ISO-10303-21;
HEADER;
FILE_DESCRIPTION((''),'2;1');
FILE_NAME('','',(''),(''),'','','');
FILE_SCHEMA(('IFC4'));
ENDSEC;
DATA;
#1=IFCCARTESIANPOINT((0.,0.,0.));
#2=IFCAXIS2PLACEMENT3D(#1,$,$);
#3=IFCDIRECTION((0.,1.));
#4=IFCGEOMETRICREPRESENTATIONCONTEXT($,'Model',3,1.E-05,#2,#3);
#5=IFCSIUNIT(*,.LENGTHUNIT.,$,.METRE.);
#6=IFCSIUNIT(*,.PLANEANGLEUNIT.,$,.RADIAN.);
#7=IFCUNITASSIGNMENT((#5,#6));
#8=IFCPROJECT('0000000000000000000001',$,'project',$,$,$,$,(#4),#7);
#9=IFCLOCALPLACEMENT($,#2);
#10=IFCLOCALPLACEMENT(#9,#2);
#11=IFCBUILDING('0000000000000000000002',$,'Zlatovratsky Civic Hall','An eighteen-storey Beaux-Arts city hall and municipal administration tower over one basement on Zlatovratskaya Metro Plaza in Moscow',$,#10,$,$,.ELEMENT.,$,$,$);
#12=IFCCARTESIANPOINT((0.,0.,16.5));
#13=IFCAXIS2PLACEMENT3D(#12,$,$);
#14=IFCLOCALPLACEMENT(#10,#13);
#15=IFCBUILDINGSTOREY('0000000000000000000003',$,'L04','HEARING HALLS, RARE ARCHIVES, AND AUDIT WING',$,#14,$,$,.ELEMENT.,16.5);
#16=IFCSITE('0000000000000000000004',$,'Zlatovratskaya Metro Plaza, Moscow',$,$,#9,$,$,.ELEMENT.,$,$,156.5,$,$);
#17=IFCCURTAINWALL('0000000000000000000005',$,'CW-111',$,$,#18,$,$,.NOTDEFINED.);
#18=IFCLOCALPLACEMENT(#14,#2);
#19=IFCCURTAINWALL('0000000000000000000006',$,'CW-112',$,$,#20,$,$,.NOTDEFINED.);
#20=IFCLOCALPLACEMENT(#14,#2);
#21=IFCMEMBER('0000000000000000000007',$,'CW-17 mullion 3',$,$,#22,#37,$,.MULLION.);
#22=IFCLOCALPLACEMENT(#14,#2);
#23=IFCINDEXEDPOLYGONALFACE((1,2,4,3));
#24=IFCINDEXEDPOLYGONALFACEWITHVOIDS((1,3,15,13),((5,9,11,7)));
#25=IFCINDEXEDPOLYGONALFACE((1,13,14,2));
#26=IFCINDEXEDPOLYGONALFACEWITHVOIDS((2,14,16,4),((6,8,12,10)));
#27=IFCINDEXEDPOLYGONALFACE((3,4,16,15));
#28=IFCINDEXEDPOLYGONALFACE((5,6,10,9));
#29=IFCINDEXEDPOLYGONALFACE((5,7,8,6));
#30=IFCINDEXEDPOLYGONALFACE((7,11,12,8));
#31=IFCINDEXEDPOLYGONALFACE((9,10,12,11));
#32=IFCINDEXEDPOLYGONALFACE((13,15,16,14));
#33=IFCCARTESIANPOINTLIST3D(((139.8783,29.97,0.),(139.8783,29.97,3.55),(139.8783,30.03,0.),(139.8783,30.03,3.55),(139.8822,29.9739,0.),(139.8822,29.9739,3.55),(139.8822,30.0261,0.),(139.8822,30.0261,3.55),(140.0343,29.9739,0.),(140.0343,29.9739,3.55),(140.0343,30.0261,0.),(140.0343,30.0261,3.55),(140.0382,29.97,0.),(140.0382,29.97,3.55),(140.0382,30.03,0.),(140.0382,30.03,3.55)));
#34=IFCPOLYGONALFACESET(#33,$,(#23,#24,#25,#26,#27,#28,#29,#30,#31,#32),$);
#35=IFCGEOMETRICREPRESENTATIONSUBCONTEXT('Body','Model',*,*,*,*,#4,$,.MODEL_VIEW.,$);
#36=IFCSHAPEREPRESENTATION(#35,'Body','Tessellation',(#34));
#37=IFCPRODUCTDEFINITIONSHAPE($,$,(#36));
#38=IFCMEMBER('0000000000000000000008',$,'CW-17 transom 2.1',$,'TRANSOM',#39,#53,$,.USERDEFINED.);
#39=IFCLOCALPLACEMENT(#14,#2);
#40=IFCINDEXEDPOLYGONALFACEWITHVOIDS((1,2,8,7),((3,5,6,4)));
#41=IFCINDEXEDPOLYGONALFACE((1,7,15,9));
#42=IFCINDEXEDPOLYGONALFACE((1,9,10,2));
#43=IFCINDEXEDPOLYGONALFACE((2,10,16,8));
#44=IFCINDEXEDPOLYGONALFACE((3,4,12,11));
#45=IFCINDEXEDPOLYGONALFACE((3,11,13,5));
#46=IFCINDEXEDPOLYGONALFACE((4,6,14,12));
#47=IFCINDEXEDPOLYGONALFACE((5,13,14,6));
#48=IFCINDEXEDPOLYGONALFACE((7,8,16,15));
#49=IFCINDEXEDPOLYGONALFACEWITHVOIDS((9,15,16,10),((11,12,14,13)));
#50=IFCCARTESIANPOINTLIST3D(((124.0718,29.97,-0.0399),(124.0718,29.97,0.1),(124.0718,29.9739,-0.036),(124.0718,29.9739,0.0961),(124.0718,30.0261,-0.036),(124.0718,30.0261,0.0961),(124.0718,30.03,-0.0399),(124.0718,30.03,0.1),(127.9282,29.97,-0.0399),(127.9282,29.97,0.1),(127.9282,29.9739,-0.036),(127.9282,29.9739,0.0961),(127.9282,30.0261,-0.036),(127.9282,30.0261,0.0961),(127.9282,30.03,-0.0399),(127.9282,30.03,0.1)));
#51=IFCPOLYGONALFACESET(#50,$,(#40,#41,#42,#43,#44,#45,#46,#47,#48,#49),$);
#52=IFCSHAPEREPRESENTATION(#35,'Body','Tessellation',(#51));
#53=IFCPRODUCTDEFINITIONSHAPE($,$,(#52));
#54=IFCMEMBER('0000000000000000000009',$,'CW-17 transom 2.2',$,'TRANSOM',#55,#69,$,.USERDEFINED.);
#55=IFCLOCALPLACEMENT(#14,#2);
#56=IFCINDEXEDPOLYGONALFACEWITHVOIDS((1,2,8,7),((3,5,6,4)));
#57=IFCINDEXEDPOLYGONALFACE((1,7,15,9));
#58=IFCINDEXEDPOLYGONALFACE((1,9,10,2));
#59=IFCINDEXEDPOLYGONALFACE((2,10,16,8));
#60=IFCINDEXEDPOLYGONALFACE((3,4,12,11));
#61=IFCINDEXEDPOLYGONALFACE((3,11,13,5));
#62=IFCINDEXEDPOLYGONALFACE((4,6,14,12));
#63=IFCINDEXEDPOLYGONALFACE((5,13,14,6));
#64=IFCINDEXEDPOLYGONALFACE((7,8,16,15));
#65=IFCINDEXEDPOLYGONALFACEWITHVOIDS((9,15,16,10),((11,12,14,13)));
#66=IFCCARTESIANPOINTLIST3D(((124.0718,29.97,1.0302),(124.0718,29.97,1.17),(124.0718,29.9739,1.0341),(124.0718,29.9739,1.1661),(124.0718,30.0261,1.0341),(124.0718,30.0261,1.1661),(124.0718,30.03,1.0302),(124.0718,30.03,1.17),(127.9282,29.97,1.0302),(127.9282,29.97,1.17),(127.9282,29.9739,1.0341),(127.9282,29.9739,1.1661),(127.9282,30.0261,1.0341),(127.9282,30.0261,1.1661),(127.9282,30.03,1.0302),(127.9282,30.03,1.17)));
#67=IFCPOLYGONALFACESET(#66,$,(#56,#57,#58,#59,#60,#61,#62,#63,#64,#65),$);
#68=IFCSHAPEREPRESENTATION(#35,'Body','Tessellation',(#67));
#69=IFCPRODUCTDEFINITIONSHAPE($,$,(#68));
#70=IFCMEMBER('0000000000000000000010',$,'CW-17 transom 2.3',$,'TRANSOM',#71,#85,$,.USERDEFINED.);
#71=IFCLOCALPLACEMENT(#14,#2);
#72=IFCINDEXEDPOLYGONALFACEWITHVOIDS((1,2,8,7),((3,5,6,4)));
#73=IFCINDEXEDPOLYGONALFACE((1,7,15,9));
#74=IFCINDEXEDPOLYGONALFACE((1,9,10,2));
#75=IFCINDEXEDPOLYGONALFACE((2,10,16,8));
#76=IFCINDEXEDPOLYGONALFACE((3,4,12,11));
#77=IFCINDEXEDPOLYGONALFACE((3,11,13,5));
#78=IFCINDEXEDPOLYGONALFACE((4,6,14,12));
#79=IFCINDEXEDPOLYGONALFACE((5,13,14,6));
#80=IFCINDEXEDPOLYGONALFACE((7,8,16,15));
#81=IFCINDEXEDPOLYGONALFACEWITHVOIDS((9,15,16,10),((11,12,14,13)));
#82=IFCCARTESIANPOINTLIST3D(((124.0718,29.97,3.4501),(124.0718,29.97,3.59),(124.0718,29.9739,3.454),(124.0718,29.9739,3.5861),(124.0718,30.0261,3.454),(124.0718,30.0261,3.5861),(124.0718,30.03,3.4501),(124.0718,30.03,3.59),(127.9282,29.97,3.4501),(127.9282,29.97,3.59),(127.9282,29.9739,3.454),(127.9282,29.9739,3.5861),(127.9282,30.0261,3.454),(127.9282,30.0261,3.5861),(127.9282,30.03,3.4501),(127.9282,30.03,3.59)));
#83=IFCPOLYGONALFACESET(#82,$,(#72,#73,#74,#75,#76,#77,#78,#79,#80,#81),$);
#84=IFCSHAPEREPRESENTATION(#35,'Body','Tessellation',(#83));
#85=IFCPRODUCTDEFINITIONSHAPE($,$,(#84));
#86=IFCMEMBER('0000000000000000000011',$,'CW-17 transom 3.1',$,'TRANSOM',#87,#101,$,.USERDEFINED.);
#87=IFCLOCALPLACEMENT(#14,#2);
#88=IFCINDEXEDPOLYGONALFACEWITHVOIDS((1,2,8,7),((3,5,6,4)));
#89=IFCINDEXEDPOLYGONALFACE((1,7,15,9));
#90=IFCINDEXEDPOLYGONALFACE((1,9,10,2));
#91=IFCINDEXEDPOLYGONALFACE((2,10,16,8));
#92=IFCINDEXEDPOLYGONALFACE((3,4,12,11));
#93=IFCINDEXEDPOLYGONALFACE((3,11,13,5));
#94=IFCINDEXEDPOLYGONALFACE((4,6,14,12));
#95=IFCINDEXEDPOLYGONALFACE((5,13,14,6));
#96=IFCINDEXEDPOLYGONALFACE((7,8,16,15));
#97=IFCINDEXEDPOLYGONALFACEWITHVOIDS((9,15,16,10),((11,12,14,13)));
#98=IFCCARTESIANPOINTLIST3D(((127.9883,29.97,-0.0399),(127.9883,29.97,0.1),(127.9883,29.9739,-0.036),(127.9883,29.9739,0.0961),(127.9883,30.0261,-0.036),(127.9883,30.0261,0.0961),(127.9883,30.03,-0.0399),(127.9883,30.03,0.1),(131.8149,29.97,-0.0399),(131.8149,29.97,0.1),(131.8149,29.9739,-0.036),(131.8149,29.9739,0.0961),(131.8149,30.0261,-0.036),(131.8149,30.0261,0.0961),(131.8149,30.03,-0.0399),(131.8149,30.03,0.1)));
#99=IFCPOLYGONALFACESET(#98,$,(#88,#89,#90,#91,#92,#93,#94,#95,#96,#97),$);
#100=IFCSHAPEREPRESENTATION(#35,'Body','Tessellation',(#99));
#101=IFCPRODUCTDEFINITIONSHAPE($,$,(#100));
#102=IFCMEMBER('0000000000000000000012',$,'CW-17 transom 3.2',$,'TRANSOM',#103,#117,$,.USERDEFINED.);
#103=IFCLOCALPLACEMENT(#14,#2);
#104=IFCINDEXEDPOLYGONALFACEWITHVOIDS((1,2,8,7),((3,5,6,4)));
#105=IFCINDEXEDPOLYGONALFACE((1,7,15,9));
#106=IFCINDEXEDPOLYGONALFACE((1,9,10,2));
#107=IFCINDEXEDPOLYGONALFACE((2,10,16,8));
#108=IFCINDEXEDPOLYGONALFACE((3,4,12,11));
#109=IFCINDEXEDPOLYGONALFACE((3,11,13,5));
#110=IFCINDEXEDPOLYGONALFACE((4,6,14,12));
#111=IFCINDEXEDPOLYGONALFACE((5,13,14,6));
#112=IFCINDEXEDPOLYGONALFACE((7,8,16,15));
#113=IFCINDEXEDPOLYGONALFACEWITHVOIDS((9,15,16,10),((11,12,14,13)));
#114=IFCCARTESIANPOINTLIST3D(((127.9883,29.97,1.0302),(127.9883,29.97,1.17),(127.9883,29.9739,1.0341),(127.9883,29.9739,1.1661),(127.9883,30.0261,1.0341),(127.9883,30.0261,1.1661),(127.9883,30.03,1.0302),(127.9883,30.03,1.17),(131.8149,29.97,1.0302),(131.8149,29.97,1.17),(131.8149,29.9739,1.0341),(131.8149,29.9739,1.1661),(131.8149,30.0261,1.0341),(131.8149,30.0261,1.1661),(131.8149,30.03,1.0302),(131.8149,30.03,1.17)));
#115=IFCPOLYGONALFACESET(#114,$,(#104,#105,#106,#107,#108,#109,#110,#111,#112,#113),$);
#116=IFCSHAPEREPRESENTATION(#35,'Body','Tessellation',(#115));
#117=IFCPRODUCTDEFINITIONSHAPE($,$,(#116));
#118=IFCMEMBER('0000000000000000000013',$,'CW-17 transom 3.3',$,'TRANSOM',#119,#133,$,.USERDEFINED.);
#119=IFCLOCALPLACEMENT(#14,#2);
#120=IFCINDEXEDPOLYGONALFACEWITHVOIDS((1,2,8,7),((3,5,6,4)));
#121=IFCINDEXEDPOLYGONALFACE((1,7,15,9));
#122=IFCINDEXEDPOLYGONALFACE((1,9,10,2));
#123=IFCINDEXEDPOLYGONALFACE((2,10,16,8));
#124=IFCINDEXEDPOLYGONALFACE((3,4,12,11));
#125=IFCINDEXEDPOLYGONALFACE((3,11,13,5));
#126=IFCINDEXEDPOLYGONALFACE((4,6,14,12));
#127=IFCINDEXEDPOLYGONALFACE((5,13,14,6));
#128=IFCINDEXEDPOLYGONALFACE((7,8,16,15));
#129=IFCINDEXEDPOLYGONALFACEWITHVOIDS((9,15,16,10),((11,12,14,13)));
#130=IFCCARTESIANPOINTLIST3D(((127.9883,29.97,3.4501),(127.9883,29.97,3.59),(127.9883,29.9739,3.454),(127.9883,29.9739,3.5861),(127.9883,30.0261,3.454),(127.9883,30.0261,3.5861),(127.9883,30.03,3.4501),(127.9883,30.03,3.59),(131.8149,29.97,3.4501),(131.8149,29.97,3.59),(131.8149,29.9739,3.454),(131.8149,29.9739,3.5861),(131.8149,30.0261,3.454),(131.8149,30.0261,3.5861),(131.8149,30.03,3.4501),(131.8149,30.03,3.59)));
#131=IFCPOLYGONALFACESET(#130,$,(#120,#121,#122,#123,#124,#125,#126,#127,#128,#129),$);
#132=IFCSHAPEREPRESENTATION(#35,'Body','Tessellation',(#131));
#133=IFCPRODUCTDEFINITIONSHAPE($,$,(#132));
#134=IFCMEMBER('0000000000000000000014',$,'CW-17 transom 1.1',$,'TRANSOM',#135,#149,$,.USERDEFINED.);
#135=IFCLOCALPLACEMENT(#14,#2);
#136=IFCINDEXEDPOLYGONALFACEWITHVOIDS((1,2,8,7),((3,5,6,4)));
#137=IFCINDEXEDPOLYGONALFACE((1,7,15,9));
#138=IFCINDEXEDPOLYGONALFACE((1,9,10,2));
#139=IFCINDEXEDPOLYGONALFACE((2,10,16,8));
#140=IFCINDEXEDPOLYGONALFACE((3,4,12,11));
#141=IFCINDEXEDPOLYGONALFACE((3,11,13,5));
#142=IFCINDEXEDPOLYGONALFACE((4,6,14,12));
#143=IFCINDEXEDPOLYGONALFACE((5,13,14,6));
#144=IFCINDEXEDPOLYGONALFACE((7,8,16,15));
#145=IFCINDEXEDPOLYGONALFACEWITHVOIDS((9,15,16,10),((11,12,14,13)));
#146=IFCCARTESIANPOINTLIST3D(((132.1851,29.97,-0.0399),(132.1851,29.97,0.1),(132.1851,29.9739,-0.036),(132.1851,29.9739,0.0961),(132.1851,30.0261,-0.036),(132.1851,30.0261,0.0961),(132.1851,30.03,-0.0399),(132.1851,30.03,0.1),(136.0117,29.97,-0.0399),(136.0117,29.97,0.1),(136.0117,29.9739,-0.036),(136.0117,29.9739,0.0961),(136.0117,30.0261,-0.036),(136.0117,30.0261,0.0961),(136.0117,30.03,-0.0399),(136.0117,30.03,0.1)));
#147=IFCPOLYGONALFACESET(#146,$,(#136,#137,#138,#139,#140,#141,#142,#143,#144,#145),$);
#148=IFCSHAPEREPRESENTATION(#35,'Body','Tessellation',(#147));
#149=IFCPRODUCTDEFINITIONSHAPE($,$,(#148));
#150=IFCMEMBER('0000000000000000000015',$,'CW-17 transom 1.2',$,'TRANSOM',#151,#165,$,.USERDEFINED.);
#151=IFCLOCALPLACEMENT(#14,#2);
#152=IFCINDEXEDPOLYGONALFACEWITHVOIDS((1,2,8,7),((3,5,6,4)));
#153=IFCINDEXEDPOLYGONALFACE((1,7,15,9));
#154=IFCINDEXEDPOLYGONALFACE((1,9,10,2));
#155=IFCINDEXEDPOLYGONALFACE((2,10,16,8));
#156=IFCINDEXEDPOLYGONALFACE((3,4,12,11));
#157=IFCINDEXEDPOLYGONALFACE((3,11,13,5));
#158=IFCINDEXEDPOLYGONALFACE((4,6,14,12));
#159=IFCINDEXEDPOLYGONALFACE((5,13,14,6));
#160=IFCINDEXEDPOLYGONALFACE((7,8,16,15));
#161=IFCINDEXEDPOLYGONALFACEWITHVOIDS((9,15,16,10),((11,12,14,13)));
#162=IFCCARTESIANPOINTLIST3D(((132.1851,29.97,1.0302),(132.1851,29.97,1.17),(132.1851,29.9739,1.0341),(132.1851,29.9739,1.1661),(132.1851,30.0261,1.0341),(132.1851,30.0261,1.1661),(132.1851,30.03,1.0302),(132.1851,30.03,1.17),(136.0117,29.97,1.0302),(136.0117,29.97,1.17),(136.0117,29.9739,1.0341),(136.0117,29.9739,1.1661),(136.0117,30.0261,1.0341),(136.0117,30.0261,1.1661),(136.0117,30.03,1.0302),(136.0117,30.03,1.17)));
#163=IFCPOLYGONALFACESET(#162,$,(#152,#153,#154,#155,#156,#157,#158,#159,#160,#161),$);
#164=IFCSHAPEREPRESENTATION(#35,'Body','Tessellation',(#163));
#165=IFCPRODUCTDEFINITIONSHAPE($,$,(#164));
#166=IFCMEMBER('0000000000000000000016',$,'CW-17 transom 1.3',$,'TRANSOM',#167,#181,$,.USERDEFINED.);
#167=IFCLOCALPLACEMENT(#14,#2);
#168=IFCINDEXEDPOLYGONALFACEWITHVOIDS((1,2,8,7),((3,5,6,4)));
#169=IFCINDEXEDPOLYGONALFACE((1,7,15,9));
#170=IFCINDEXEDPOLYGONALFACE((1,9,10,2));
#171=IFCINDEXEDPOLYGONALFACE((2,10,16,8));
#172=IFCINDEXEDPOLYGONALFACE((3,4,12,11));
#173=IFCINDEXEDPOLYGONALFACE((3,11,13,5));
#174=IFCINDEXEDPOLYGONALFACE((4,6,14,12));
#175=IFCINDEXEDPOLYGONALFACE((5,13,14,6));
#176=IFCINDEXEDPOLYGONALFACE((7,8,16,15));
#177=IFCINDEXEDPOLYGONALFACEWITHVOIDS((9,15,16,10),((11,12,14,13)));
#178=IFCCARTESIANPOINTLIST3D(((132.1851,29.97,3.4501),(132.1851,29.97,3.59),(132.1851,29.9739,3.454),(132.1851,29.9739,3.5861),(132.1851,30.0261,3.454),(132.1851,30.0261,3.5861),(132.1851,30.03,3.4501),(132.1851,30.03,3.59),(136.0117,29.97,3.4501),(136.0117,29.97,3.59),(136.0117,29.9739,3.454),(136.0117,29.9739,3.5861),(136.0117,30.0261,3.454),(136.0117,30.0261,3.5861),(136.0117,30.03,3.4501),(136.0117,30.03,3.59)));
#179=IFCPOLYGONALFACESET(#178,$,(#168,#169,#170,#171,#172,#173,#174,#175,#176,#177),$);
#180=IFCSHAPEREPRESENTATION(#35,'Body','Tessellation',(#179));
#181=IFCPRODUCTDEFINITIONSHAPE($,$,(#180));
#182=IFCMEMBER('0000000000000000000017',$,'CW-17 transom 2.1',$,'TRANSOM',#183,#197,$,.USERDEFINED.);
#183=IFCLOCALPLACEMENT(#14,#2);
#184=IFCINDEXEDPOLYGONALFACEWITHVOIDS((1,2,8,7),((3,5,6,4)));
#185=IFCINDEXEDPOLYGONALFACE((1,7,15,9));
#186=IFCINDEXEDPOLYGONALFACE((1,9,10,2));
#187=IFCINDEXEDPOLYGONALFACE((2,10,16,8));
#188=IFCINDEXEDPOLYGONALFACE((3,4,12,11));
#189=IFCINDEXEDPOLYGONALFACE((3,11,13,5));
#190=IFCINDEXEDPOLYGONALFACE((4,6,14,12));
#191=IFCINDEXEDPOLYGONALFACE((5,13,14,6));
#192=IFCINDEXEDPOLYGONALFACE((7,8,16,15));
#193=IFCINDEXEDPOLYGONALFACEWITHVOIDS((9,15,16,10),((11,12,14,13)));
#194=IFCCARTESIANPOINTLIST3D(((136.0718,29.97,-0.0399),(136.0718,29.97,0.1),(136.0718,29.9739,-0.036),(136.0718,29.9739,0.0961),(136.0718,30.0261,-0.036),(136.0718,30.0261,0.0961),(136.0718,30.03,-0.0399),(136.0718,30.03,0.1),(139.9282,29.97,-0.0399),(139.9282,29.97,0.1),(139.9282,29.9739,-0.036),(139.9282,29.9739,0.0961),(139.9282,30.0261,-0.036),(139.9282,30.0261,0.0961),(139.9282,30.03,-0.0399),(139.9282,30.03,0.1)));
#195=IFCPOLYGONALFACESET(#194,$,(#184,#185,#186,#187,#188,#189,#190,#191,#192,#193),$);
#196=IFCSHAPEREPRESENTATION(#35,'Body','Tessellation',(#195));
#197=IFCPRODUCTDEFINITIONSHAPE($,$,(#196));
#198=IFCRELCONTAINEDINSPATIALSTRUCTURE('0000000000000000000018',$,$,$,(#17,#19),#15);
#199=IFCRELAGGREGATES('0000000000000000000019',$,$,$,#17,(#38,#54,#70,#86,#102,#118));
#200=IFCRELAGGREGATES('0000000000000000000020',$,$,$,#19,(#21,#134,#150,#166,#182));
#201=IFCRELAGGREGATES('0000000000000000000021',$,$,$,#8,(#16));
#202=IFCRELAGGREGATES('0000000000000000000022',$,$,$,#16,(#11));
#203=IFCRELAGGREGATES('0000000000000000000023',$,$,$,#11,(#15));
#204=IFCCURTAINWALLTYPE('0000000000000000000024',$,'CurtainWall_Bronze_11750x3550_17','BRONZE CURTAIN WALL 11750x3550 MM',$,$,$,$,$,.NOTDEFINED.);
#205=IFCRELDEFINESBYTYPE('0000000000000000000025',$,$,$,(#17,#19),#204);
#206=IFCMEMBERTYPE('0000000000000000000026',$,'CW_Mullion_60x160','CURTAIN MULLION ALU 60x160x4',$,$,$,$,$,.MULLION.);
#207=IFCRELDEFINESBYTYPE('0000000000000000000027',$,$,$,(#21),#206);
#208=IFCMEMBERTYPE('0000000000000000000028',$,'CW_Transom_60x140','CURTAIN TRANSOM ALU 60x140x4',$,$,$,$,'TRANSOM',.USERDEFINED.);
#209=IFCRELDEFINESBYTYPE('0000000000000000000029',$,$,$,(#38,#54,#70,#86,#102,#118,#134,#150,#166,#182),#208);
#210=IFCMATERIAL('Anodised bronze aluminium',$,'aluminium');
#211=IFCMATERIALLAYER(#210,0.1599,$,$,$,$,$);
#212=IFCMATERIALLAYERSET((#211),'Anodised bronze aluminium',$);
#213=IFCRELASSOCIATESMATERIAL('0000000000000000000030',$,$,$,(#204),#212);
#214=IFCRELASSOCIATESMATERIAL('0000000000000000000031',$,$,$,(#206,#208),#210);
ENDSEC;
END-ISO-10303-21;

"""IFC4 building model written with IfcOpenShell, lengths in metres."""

from ifc_helpers import new_model, si_unit, direction, frame, origin, origin_2d, place, context, subcontext, project, spatial, hollow_rectangle, extrude, material, layer, layer_set, material_profile, profile_set, type_object, element, aggregate, save


model = new_model("IFC4")

# Units and contexts
model_context = context("Model", 3, precision=1e-05, world=origin(), true_north=direction((0.0, 1.0)))
body_context = subcontext(model_context, "Body", "Model", "MODEL_VIEW")
ifc_project = project(units=[si_unit("LENGTHUNIT", "METRE"), si_unit("PLANEANGLEUNIT", "RADIAN")], contexts=[model_context])

# Site, building, storey
site_placement = place(None, origin())
site = spatial("IfcSite", under=ifc_project, at=site_placement, Name="Zlatovratskaya Metro Plaza, Moscow", CompositionType="ELEMENT", RefElevation=156.5)
building_placement = place(site_placement, origin())
building = spatial("IfcBuilding", under=site, at=building_placement, Name="Zlatovratsky Civic Hall", Description="An eighteen-storey Beaux-Arts city hall and municipal administration tower over one basement on Zlatovratskaya Metro Plaza in Moscow", CompositionType="ELEMENT")
storey_placement = place(building_placement, frame((0.0, 0.0, 16.5)))
storey = spatial("IfcBuildingStorey", under=building, at=storey_placement, Name="L04", Description="HEARING HALLS, RARE ARCHIVES, AND AUDIT WING", CompositionType="ELEMENT", Elevation=16.5)

# Curtain walls, member
ifc_material_1 = material(Name="Anodised bronze aluminium", Category="aluminium")
ifc_layer_1 = layer(ifc_material_1, 0.1599)
ifc_layer_set_1 = layer_set([ifc_layer_1], Name="Anodised bronze aluminium")
curtain_wall_type = type_object("IfcCurtainWallType", Name="CurtainWall_Bronze_11750x3550_17", Description="BRONZE CURTAIN WALL 11750x3550 MM", PredefinedType="NOTDEFINED", material=ifc_layer_set_1)
curtain_wall_1_placement = place(storey_placement, origin())
curtain_wall_1 = element("IfcCurtainWall", 1, at=curtain_wall_1_placement, inside=storey, type_object=curtain_wall_type, Name="CW-111", PredefinedType="NOTDEFINED")
ifc_material_profile_1 = material_profile(ifc_material_1, hollow_rectangle(XDim=0.0601, YDim=0.1599, WallThickness=0.0039, at=origin_2d()), Name="ALU 60x160x4")
ifc_profile_set_1 = profile_set([ifc_material_profile_1], Name="Anodised bronze aluminium")
member_type_1 = type_object("IfcMemberType", Name="CW_Mullion_60x160", Description="CURTAIN MULLION ALU 60x160x4", PredefinedType="MULLION", material=ifc_profile_set_1)
curtain_wall_2_placement = place(storey_placement, origin())
curtain_wall_2 = element("IfcCurtainWall", 2, at=curtain_wall_2_placement, inside=storey, type_object=curtain_wall_type, Name="CW-112", PredefinedType="NOTDEFINED")
member_1_placement = place(storey_placement, frame((139.9583, 30.0, 0.0), z_axis=(0.0, 0.0, 1.0), x_axis=(0.0, 1.0, 0.0)))
member_1 = element("IfcMember", 3, at=member_1_placement, type_object=member_type_1, Name="CW-17 mullion 3", PredefinedType="MULLION", context=body_context, shape_type="SweptSolid", body=[
    extrude(hollow_rectangle(XDim=0.0601, YDim=0.1599, WallThickness=0.0039, at=origin_2d()), origin(), (0.0, 0.0, 1.0), 3.55),
])

# Members
ifc_material_profile_2 = material_profile(ifc_material_1, hollow_rectangle(XDim=0.0601, YDim=0.1399, WallThickness=0.0039, at=origin_2d()), Name="ALU 60x140x4")
ifc_profile_set_2 = profile_set([ifc_material_profile_2], Name="Anodised bronze aluminium")
member_type_2 = type_object("IfcMemberType", Name="CW_Transom_60x140", Description="CURTAIN TRANSOM ALU 60x140x4", ElementType="TRANSOM", PredefinedType="USERDEFINED", material=ifc_profile_set_2)
member_2_placement = place(storey_placement, frame((124.0718, 30.0, 0.03), z_axis=(1.0, 0.0, 0.0), x_axis=(0.0, 1.0, 0.0)))
member_2 = element("IfcMember", 4, at=member_2_placement, type_object=member_type_2, Name="CW-17 transom 2.1", ObjectType="TRANSOM", PredefinedType="USERDEFINED", context=body_context, shape_type="SweptSolid", body=[
    extrude(hollow_rectangle(XDim=0.0601, YDim=0.1399, WallThickness=0.0039, at=origin_2d()), origin(), (0.0, 0.0, 1.0), 3.8564),
])
member_3_placement = place(storey_placement, frame((124.0718, 30.0, 1.1001), z_axis=(1.0, 0.0, 0.0), x_axis=(0.0, 1.0, 0.0)))
member_3 = element("IfcMember", 5, at=member_3_placement, type_object=member_type_2, Name="CW-17 transom 2.2", ObjectType="TRANSOM", PredefinedType="USERDEFINED", context=body_context, shape_type="SweptSolid", body=[
    extrude(hollow_rectangle(XDim=0.0601, YDim=0.1399, WallThickness=0.0039, at=origin_2d()), origin(), (0.0, 0.0, 1.0), 3.8564),
])
member_4_placement = place(storey_placement, frame((124.0718, 30.0, 3.52), z_axis=(1.0, 0.0, 0.0), x_axis=(0.0, 1.0, 0.0)))
member_4 = element("IfcMember", 6, at=member_4_placement, type_object=member_type_2, Name="CW-17 transom 2.3", ObjectType="TRANSOM", PredefinedType="USERDEFINED", context=body_context, shape_type="SweptSolid", body=[
    extrude(hollow_rectangle(XDim=0.0601, YDim=0.1399, WallThickness=0.0039, at=origin_2d()), origin(), (0.0, 0.0, 1.0), 3.8564),
])
member_5_placement = place(storey_placement, frame((127.9883, 30.0, 0.03), z_axis=(1.0, 0.0, 0.0), x_axis=(0.0, 1.0, 0.0)))
member_5 = element("IfcMember", 7, at=member_5_placement, type_object=member_type_2, Name="CW-17 transom 3.1", ObjectType="TRANSOM", PredefinedType="USERDEFINED", context=body_context, shape_type="SweptSolid", body=[
    extrude(hollow_rectangle(XDim=0.0601, YDim=0.1399, WallThickness=0.0039, at=origin_2d()), origin(), (0.0, 0.0, 1.0), 3.8267),
])
member_6_placement = place(storey_placement, frame((127.9883, 30.0, 1.1001), z_axis=(1.0, 0.0, 0.0), x_axis=(0.0, 1.0, 0.0)))
member_6 = element("IfcMember", 8, at=member_6_placement, type_object=member_type_2, Name="CW-17 transom 3.2", ObjectType="TRANSOM", PredefinedType="USERDEFINED", context=body_context, shape_type="SweptSolid", body=[
    extrude(hollow_rectangle(XDim=0.0601, YDim=0.1399, WallThickness=0.0039, at=origin_2d()), origin(), (0.0, 0.0, 1.0), 3.8267),
])
member_7_placement = place(storey_placement, frame((127.9883, 30.0, 3.52), z_axis=(1.0, 0.0, 0.0), x_axis=(0.0, 1.0, 0.0)))
member_7 = element("IfcMember", 9, at=member_7_placement, type_object=member_type_2, Name="CW-17 transom 3.3", ObjectType="TRANSOM", PredefinedType="USERDEFINED", context=body_context, shape_type="SweptSolid", body=[
    extrude(hollow_rectangle(XDim=0.0601, YDim=0.1399, WallThickness=0.0039, at=origin_2d()), origin(), (0.0, 0.0, 1.0), 3.8267),
])
member_8_placement = place(storey_placement, frame((132.1851, 30.0, 0.03), z_axis=(1.0, 0.0, 0.0), x_axis=(0.0, 1.0, 0.0)))
member_8 = element("IfcMember", 10, at=member_8_placement, type_object=member_type_2, Name="CW-17 transom 1.1", ObjectType="TRANSOM", PredefinedType="USERDEFINED", context=body_context, shape_type="SweptSolid", body=[
    extrude(hollow_rectangle(XDim=0.0601, YDim=0.1399, WallThickness=0.0039, at=origin_2d()), origin(), (0.0, 0.0, 1.0), 3.8267),
])
member_9_placement = place(storey_placement, frame((132.1851, 30.0, 1.1001), z_axis=(1.0, 0.0, 0.0), x_axis=(0.0, 1.0, 0.0)))
member_9 = element("IfcMember", 11, at=member_9_placement, type_object=member_type_2, Name="CW-17 transom 1.2", ObjectType="TRANSOM", PredefinedType="USERDEFINED", context=body_context, shape_type="SweptSolid", body=[
    extrude(hollow_rectangle(XDim=0.0601, YDim=0.1399, WallThickness=0.0039, at=origin_2d()), origin(), (0.0, 0.0, 1.0), 3.8267),
])
member_10_placement = place(storey_placement, frame((132.1851, 30.0, 3.52), z_axis=(1.0, 0.0, 0.0), x_axis=(0.0, 1.0, 0.0)))
member_10 = element("IfcMember", 12, at=member_10_placement, type_object=member_type_2, Name="CW-17 transom 1.3", ObjectType="TRANSOM", PredefinedType="USERDEFINED", context=body_context, shape_type="SweptSolid", body=[
    extrude(hollow_rectangle(XDim=0.0601, YDim=0.1399, WallThickness=0.0039, at=origin_2d()), origin(), (0.0, 0.0, 1.0), 3.8267),
])
member_11_placement = place(storey_placement, frame((136.0718, 30.0, 0.03), z_axis=(1.0, 0.0, 0.0), x_axis=(0.0, 1.0, 0.0)))
member_11 = element("IfcMember", 13, at=member_11_placement, type_object=member_type_2, Name="CW-17 transom 2.1", ObjectType="TRANSOM", PredefinedType="USERDEFINED", context=body_context, shape_type="SweptSolid", body=[
    extrude(hollow_rectangle(XDim=0.0601, YDim=0.1399, WallThickness=0.0039, at=origin_2d()), origin(), (0.0, 0.0, 1.0), 3.8564),
])

aggregate(curtain_wall_1, [member_2, member_3, member_4, member_5, member_6, member_7])
aggregate(curtain_wall_2, [member_1, member_8, member_9, member_10, member_11])

save(model, "model.ifc")
